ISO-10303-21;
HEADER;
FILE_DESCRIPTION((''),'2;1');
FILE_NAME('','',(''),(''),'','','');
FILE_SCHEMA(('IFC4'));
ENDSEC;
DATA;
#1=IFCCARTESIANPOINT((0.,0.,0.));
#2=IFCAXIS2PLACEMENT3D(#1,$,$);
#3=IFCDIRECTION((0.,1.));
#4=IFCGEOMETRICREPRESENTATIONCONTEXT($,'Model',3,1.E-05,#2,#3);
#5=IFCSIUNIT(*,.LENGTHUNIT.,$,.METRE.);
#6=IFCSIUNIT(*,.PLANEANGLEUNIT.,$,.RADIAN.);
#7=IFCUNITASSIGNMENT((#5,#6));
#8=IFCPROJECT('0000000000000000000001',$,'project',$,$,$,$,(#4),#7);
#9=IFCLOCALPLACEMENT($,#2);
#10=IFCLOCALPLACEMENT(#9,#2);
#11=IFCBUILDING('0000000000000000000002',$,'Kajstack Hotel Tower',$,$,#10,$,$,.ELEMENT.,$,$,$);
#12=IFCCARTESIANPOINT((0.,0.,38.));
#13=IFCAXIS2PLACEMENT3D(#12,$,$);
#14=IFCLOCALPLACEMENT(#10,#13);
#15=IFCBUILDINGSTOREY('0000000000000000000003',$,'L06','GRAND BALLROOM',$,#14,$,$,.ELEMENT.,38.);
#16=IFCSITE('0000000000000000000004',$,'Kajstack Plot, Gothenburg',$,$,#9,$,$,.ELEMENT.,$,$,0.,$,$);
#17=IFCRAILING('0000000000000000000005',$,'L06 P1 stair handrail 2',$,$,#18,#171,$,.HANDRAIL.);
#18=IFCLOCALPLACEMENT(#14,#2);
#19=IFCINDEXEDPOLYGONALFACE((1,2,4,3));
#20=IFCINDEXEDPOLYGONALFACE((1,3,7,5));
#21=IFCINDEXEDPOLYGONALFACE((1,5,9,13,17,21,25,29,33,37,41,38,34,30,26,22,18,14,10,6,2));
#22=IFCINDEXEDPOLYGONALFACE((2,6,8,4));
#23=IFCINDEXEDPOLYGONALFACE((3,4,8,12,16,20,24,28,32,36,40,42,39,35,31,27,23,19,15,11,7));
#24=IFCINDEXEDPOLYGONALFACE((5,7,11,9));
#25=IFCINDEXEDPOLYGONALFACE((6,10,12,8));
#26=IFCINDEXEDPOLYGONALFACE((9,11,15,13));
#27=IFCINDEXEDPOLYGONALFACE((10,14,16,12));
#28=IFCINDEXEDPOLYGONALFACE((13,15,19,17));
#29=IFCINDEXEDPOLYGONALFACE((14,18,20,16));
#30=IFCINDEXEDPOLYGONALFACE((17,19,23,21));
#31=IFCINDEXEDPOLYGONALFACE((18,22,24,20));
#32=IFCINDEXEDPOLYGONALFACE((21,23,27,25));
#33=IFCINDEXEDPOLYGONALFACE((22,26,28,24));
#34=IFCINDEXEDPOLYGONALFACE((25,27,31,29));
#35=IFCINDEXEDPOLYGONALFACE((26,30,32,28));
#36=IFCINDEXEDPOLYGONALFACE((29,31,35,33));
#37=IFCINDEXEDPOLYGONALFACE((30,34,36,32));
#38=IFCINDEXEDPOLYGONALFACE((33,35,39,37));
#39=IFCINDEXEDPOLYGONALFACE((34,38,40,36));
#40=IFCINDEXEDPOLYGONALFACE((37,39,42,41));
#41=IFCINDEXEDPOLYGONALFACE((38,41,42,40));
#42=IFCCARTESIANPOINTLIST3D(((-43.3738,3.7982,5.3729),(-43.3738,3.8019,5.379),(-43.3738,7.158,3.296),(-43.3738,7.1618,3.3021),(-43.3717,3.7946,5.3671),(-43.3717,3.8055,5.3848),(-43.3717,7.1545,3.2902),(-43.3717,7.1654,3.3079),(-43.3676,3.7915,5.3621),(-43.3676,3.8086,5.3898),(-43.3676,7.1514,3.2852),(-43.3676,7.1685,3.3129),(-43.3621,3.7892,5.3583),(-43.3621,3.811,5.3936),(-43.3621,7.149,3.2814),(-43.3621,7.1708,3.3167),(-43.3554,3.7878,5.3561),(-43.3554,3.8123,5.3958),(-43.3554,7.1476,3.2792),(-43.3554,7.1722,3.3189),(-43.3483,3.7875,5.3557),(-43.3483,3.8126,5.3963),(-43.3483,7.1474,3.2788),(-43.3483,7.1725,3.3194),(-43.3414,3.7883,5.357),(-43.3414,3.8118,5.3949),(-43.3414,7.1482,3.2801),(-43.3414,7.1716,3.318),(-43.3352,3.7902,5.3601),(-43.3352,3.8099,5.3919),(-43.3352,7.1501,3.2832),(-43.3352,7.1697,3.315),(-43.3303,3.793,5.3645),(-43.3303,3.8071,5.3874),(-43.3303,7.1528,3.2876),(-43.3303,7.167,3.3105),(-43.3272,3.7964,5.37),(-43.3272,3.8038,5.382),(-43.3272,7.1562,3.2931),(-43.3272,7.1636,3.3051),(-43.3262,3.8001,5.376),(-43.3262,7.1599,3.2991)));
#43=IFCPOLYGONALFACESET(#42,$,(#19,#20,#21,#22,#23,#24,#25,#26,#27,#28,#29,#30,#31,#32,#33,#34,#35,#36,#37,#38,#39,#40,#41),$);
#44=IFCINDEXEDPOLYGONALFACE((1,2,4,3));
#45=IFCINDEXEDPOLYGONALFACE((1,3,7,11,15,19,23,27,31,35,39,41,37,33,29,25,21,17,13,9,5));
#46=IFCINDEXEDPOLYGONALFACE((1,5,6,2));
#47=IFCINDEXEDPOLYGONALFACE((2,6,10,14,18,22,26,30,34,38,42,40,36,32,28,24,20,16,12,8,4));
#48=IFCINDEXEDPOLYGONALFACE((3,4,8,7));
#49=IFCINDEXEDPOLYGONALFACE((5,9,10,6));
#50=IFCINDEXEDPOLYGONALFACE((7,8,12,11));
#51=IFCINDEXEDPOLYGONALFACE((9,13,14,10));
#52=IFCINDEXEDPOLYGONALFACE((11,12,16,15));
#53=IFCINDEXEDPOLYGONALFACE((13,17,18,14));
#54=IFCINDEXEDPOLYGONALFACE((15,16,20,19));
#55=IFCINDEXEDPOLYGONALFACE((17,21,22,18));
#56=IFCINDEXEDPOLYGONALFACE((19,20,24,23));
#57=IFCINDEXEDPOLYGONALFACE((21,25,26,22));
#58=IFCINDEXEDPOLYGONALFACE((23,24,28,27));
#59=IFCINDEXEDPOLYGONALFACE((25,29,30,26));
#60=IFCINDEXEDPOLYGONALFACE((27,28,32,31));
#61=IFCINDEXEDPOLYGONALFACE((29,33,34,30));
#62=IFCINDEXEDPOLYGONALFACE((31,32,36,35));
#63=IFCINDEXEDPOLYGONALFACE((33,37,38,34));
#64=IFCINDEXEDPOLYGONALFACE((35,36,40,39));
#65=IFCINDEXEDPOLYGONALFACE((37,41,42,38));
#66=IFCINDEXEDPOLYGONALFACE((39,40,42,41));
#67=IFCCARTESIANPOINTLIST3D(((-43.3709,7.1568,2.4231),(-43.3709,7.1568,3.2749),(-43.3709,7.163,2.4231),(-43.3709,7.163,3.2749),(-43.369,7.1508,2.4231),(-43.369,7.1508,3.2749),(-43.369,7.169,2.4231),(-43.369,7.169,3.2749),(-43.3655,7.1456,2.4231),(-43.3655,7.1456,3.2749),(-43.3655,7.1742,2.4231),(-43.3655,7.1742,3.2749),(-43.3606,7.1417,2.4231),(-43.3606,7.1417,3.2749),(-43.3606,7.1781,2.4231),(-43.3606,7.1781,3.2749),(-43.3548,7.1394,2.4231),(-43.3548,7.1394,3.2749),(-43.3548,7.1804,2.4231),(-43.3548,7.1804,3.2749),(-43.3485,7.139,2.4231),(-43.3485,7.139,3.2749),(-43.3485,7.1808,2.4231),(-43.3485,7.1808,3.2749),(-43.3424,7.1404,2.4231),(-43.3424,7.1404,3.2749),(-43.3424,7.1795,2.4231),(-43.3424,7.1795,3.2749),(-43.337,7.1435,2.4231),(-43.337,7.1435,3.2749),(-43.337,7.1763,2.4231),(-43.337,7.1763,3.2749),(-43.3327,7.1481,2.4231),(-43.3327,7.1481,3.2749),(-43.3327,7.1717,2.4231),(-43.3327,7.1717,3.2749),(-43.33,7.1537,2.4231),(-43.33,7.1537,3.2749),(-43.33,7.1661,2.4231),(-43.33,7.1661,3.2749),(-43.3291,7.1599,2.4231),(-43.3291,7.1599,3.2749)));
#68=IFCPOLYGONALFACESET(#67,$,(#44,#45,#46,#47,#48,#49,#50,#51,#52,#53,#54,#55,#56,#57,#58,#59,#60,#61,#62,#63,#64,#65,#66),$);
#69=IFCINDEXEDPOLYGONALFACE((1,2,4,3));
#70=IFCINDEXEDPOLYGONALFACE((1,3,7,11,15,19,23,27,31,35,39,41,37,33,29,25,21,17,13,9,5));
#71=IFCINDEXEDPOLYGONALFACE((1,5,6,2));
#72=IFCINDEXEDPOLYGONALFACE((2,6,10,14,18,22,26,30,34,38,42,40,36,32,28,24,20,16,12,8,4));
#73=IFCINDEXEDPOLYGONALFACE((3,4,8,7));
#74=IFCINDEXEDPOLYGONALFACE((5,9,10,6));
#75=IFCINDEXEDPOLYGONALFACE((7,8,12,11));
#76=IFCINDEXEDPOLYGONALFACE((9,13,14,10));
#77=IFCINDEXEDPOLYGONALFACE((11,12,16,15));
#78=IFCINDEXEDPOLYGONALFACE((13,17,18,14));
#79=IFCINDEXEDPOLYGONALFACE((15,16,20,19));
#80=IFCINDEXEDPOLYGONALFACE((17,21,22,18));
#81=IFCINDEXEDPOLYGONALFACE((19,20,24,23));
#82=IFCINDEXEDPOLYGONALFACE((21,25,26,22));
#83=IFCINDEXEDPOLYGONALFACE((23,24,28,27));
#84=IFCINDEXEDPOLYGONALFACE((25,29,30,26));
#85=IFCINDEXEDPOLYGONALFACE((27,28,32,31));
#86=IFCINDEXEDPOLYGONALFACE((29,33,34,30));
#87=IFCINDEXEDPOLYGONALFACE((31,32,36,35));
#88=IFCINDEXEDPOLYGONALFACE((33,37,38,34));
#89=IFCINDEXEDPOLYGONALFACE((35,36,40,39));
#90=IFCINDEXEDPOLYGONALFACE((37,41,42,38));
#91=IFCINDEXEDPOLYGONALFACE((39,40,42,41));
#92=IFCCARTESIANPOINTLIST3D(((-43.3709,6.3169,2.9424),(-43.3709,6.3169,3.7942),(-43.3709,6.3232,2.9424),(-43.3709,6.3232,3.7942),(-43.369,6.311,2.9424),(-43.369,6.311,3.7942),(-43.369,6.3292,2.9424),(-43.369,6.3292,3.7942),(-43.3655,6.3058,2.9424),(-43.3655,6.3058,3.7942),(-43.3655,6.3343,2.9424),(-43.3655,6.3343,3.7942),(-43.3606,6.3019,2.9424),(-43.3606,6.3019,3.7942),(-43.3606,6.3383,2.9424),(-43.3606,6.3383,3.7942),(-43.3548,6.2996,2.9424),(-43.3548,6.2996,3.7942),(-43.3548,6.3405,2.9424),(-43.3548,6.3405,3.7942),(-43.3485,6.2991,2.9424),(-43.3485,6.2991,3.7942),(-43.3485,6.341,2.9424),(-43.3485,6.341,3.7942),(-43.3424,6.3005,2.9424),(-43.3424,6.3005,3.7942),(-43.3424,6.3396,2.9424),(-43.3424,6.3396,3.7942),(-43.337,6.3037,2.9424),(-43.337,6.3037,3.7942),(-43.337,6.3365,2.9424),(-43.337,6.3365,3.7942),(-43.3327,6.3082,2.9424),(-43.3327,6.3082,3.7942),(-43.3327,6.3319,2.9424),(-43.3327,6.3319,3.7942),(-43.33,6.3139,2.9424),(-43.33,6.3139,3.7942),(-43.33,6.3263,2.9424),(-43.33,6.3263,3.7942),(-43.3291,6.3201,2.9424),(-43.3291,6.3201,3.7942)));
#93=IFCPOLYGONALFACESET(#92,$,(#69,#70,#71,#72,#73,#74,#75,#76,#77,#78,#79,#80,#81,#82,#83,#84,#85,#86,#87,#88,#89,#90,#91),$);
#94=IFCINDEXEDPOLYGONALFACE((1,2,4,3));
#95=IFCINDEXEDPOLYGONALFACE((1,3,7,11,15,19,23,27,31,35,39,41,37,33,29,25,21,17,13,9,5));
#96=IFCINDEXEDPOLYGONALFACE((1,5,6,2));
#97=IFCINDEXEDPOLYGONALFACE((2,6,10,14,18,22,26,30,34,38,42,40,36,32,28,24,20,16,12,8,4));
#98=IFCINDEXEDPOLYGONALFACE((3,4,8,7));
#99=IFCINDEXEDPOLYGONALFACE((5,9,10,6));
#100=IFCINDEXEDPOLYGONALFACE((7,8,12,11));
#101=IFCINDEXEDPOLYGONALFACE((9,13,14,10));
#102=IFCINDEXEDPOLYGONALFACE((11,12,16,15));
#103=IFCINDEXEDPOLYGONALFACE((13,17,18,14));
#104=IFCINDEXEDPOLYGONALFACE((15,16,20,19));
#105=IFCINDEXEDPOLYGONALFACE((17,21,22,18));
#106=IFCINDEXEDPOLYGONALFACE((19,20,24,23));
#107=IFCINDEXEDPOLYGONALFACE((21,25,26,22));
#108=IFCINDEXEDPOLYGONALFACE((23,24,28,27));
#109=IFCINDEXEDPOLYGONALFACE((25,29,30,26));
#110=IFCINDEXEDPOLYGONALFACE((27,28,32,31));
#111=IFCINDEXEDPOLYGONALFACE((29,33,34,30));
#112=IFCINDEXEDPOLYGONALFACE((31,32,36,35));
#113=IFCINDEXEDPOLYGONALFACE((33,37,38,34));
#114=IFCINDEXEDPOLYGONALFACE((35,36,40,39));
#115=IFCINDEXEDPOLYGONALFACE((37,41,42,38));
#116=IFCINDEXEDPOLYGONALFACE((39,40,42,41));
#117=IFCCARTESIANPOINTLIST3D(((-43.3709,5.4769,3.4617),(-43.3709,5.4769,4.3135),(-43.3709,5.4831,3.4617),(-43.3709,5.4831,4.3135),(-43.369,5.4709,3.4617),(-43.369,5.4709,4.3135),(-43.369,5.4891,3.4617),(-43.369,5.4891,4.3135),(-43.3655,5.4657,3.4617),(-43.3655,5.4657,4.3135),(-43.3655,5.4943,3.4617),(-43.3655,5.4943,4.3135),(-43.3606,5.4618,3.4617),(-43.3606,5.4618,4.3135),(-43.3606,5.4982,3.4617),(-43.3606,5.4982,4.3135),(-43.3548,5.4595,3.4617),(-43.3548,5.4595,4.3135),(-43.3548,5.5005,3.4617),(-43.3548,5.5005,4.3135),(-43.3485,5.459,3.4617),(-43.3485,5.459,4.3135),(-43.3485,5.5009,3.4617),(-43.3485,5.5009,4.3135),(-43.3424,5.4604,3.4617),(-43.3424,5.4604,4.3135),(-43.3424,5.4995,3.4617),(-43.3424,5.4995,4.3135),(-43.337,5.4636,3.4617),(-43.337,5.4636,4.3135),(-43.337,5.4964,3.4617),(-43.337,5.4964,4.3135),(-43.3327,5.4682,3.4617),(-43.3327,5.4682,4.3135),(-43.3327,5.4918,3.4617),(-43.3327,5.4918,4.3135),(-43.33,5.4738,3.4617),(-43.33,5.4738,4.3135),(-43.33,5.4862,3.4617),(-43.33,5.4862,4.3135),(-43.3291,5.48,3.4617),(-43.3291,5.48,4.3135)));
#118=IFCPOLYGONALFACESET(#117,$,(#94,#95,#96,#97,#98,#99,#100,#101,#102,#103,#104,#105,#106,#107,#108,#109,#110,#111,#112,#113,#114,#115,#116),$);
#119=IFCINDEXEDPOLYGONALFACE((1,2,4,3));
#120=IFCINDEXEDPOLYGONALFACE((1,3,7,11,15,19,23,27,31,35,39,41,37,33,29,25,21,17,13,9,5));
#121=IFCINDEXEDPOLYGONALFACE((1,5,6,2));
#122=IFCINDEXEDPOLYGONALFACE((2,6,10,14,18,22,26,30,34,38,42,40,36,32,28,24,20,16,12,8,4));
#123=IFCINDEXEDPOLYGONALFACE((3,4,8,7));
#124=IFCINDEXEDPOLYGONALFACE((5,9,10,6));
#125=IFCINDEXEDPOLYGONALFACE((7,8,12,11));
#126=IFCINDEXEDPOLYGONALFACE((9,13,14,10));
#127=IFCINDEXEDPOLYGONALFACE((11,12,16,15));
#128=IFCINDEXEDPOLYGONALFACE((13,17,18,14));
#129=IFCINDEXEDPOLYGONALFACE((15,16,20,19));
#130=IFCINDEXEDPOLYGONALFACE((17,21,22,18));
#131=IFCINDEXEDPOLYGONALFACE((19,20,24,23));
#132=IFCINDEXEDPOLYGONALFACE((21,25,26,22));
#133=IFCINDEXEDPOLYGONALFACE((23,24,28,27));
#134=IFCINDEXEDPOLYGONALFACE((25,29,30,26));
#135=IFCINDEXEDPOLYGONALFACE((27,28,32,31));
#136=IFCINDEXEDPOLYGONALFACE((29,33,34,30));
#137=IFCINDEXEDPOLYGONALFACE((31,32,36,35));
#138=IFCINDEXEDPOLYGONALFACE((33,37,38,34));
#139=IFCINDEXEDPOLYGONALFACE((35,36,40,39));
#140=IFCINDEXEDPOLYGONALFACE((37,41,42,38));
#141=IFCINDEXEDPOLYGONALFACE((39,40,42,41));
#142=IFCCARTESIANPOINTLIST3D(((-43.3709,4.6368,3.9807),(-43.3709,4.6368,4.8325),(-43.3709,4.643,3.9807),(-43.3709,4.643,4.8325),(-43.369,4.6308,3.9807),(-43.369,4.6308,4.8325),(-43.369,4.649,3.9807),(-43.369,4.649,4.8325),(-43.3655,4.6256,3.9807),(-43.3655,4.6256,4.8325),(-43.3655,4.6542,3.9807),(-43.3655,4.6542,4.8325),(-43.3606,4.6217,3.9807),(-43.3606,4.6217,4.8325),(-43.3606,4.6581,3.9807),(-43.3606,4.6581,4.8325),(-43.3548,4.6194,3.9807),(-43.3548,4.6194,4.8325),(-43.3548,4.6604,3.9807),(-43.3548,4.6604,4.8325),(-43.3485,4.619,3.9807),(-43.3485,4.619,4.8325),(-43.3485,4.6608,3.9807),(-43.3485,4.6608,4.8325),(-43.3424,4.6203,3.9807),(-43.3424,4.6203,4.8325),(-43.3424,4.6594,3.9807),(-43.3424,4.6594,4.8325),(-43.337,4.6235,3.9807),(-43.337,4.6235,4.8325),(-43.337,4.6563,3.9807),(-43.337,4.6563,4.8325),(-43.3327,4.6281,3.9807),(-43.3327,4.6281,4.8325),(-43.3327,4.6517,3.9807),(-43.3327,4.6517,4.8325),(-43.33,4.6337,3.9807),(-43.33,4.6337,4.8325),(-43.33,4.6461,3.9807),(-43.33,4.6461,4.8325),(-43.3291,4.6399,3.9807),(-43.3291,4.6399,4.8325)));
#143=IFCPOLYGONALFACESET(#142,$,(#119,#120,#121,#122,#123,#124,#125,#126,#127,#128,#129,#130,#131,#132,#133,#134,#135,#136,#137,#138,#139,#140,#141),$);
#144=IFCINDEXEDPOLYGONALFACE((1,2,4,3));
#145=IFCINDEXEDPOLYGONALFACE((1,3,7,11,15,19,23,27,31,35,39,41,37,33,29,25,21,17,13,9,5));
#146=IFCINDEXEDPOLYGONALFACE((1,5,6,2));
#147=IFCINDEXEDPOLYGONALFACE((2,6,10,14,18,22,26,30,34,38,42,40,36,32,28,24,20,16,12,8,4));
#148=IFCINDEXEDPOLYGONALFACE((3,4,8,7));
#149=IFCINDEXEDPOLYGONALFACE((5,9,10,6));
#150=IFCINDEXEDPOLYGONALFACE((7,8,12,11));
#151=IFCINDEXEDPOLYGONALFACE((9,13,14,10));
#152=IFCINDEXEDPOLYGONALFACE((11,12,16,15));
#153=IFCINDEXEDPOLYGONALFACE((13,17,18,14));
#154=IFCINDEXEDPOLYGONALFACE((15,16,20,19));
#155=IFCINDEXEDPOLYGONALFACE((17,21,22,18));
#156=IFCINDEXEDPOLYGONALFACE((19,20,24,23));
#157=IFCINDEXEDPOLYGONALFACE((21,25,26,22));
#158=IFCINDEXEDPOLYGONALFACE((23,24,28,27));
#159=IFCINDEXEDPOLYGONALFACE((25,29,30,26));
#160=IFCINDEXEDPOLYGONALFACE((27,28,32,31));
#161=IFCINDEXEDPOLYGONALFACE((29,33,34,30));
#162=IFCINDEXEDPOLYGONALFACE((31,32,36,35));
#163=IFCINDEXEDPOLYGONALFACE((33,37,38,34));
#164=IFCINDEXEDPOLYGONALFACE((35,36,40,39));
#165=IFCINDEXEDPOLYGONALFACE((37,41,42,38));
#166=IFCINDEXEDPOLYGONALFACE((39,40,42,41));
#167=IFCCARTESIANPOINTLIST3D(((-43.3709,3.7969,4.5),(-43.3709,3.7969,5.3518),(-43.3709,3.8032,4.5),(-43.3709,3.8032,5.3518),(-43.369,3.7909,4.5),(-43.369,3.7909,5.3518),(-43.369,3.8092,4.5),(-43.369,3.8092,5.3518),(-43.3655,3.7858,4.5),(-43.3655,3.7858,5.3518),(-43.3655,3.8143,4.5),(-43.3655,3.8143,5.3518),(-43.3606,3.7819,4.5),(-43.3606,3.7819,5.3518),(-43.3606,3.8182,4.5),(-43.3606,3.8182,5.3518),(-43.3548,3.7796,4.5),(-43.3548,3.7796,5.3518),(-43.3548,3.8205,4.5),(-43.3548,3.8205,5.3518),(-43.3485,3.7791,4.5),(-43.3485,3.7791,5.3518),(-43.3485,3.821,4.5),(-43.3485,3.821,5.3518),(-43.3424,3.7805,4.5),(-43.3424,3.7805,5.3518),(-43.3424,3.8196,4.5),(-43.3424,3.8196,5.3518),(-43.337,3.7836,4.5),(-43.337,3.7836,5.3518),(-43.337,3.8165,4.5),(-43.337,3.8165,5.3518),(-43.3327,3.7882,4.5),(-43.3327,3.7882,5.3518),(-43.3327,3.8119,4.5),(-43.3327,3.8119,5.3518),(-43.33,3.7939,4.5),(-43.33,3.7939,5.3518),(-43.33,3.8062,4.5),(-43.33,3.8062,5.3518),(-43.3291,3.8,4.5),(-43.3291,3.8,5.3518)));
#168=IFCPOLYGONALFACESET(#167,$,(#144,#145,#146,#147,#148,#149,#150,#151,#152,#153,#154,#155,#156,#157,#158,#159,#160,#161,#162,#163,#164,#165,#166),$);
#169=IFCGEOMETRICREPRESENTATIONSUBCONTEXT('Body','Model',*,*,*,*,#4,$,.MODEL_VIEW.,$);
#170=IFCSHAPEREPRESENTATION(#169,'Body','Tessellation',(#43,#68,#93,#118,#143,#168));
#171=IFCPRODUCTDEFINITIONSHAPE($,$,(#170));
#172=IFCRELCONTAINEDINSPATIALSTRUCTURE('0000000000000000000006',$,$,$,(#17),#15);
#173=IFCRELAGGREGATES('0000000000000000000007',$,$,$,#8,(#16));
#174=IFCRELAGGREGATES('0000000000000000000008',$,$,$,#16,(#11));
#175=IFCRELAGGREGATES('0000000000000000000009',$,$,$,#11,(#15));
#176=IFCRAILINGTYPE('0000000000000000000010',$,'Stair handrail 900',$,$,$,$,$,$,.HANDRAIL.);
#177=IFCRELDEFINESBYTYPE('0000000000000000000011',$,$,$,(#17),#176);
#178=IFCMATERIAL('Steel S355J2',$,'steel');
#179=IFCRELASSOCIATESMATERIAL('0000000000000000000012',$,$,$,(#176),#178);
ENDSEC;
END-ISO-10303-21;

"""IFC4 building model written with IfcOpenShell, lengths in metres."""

from ifc_helpers import new_model, si_unit, direction, frame, origin, origin_2d, place, context, subcontext, project, spatial, circle, extrude, material, type_object, element, save


model = new_model("IFC4")

# Units and contexts
model_context = context("Model", 3, precision=1e-05, world=origin(), true_north=direction((0.0, 1.0)))
body_context = subcontext(model_context, "Body", "Model", "MODEL_VIEW")
ifc_project = project(units=[si_unit("LENGTHUNIT", "METRE"), si_unit("PLANEANGLEUNIT", "RADIAN")], contexts=[model_context])

# Site, building, storey
site_placement = place(None, origin())
site = spatial("IfcSite", under=ifc_project, at=site_placement, Name="Kajstack Plot, Gothenburg", CompositionType="ELEMENT", RefElevation=0.0)
building_placement = place(site_placement, origin())
building = spatial("IfcBuilding", under=site, at=building_placement, Name="Kajstack Hotel Tower", CompositionType="ELEMENT")
storey_placement = place(building_placement, frame((0.0, 0.0, 38.0)))
storey = spatial("IfcBuildingStorey", under=building, at=storey_placement, Name="L06", Description="GRAND BALLROOM", CompositionType="ELEMENT", Elevation=38.0)

# Railing
ifc_material_1 = material(Name="Steel S355J2", Category="steel")
railing_type = type_object("IfcRailingType", Name="Stair handrail 900", PredefinedType="HANDRAIL", material=ifc_material_1)
for number, where, name in (
    (1, (-43.3501, 7.1599, 2.4231), "L06 P1 stair handrail 2"),
):
    element("IfcRailing", number, at=place(storey_placement, frame(where)), inside=storey, type_object=railing_type, Name=name, PredefinedType="HANDRAIL", context=body_context, shape_type="SweptSolid", body=[
        extrude(circle(Radius=0.0239, at=origin_2d()), frame((0.0, 0.0, 0.876), z_axis=(0.0, -0.850606, 0.525803), x_axis=(1.0, 0.0, 0.0)), (0.0, 0.0, 1.0), 3.95),
        extrude(circle(Radius=0.021, at=origin_2d()), origin(), (0.0, 0.0, 1.0), 0.8518),
        extrude(circle(Radius=0.021, at=origin_2d()), frame((0.0, -0.8398, 0.5193)), (0.0, 0.0, 1.0), 0.8518),
        extrude(circle(Radius=0.021, at=origin_2d()), frame((0.0, -1.6799, 1.0386)), (0.0, 0.0, 1.0), 0.8518),
        extrude(circle(Radius=0.021, at=origin_2d()), frame((0.0, -2.52, 1.5576)), (0.0, 0.0, 1.0), 0.8518),
        extrude(circle(Radius=0.021, at=origin_2d()), frame((0.0, -3.3599, 2.0769)), (0.0, 0.0, 1.0), 0.8518),
    ])

save(model, "model.ifc")
